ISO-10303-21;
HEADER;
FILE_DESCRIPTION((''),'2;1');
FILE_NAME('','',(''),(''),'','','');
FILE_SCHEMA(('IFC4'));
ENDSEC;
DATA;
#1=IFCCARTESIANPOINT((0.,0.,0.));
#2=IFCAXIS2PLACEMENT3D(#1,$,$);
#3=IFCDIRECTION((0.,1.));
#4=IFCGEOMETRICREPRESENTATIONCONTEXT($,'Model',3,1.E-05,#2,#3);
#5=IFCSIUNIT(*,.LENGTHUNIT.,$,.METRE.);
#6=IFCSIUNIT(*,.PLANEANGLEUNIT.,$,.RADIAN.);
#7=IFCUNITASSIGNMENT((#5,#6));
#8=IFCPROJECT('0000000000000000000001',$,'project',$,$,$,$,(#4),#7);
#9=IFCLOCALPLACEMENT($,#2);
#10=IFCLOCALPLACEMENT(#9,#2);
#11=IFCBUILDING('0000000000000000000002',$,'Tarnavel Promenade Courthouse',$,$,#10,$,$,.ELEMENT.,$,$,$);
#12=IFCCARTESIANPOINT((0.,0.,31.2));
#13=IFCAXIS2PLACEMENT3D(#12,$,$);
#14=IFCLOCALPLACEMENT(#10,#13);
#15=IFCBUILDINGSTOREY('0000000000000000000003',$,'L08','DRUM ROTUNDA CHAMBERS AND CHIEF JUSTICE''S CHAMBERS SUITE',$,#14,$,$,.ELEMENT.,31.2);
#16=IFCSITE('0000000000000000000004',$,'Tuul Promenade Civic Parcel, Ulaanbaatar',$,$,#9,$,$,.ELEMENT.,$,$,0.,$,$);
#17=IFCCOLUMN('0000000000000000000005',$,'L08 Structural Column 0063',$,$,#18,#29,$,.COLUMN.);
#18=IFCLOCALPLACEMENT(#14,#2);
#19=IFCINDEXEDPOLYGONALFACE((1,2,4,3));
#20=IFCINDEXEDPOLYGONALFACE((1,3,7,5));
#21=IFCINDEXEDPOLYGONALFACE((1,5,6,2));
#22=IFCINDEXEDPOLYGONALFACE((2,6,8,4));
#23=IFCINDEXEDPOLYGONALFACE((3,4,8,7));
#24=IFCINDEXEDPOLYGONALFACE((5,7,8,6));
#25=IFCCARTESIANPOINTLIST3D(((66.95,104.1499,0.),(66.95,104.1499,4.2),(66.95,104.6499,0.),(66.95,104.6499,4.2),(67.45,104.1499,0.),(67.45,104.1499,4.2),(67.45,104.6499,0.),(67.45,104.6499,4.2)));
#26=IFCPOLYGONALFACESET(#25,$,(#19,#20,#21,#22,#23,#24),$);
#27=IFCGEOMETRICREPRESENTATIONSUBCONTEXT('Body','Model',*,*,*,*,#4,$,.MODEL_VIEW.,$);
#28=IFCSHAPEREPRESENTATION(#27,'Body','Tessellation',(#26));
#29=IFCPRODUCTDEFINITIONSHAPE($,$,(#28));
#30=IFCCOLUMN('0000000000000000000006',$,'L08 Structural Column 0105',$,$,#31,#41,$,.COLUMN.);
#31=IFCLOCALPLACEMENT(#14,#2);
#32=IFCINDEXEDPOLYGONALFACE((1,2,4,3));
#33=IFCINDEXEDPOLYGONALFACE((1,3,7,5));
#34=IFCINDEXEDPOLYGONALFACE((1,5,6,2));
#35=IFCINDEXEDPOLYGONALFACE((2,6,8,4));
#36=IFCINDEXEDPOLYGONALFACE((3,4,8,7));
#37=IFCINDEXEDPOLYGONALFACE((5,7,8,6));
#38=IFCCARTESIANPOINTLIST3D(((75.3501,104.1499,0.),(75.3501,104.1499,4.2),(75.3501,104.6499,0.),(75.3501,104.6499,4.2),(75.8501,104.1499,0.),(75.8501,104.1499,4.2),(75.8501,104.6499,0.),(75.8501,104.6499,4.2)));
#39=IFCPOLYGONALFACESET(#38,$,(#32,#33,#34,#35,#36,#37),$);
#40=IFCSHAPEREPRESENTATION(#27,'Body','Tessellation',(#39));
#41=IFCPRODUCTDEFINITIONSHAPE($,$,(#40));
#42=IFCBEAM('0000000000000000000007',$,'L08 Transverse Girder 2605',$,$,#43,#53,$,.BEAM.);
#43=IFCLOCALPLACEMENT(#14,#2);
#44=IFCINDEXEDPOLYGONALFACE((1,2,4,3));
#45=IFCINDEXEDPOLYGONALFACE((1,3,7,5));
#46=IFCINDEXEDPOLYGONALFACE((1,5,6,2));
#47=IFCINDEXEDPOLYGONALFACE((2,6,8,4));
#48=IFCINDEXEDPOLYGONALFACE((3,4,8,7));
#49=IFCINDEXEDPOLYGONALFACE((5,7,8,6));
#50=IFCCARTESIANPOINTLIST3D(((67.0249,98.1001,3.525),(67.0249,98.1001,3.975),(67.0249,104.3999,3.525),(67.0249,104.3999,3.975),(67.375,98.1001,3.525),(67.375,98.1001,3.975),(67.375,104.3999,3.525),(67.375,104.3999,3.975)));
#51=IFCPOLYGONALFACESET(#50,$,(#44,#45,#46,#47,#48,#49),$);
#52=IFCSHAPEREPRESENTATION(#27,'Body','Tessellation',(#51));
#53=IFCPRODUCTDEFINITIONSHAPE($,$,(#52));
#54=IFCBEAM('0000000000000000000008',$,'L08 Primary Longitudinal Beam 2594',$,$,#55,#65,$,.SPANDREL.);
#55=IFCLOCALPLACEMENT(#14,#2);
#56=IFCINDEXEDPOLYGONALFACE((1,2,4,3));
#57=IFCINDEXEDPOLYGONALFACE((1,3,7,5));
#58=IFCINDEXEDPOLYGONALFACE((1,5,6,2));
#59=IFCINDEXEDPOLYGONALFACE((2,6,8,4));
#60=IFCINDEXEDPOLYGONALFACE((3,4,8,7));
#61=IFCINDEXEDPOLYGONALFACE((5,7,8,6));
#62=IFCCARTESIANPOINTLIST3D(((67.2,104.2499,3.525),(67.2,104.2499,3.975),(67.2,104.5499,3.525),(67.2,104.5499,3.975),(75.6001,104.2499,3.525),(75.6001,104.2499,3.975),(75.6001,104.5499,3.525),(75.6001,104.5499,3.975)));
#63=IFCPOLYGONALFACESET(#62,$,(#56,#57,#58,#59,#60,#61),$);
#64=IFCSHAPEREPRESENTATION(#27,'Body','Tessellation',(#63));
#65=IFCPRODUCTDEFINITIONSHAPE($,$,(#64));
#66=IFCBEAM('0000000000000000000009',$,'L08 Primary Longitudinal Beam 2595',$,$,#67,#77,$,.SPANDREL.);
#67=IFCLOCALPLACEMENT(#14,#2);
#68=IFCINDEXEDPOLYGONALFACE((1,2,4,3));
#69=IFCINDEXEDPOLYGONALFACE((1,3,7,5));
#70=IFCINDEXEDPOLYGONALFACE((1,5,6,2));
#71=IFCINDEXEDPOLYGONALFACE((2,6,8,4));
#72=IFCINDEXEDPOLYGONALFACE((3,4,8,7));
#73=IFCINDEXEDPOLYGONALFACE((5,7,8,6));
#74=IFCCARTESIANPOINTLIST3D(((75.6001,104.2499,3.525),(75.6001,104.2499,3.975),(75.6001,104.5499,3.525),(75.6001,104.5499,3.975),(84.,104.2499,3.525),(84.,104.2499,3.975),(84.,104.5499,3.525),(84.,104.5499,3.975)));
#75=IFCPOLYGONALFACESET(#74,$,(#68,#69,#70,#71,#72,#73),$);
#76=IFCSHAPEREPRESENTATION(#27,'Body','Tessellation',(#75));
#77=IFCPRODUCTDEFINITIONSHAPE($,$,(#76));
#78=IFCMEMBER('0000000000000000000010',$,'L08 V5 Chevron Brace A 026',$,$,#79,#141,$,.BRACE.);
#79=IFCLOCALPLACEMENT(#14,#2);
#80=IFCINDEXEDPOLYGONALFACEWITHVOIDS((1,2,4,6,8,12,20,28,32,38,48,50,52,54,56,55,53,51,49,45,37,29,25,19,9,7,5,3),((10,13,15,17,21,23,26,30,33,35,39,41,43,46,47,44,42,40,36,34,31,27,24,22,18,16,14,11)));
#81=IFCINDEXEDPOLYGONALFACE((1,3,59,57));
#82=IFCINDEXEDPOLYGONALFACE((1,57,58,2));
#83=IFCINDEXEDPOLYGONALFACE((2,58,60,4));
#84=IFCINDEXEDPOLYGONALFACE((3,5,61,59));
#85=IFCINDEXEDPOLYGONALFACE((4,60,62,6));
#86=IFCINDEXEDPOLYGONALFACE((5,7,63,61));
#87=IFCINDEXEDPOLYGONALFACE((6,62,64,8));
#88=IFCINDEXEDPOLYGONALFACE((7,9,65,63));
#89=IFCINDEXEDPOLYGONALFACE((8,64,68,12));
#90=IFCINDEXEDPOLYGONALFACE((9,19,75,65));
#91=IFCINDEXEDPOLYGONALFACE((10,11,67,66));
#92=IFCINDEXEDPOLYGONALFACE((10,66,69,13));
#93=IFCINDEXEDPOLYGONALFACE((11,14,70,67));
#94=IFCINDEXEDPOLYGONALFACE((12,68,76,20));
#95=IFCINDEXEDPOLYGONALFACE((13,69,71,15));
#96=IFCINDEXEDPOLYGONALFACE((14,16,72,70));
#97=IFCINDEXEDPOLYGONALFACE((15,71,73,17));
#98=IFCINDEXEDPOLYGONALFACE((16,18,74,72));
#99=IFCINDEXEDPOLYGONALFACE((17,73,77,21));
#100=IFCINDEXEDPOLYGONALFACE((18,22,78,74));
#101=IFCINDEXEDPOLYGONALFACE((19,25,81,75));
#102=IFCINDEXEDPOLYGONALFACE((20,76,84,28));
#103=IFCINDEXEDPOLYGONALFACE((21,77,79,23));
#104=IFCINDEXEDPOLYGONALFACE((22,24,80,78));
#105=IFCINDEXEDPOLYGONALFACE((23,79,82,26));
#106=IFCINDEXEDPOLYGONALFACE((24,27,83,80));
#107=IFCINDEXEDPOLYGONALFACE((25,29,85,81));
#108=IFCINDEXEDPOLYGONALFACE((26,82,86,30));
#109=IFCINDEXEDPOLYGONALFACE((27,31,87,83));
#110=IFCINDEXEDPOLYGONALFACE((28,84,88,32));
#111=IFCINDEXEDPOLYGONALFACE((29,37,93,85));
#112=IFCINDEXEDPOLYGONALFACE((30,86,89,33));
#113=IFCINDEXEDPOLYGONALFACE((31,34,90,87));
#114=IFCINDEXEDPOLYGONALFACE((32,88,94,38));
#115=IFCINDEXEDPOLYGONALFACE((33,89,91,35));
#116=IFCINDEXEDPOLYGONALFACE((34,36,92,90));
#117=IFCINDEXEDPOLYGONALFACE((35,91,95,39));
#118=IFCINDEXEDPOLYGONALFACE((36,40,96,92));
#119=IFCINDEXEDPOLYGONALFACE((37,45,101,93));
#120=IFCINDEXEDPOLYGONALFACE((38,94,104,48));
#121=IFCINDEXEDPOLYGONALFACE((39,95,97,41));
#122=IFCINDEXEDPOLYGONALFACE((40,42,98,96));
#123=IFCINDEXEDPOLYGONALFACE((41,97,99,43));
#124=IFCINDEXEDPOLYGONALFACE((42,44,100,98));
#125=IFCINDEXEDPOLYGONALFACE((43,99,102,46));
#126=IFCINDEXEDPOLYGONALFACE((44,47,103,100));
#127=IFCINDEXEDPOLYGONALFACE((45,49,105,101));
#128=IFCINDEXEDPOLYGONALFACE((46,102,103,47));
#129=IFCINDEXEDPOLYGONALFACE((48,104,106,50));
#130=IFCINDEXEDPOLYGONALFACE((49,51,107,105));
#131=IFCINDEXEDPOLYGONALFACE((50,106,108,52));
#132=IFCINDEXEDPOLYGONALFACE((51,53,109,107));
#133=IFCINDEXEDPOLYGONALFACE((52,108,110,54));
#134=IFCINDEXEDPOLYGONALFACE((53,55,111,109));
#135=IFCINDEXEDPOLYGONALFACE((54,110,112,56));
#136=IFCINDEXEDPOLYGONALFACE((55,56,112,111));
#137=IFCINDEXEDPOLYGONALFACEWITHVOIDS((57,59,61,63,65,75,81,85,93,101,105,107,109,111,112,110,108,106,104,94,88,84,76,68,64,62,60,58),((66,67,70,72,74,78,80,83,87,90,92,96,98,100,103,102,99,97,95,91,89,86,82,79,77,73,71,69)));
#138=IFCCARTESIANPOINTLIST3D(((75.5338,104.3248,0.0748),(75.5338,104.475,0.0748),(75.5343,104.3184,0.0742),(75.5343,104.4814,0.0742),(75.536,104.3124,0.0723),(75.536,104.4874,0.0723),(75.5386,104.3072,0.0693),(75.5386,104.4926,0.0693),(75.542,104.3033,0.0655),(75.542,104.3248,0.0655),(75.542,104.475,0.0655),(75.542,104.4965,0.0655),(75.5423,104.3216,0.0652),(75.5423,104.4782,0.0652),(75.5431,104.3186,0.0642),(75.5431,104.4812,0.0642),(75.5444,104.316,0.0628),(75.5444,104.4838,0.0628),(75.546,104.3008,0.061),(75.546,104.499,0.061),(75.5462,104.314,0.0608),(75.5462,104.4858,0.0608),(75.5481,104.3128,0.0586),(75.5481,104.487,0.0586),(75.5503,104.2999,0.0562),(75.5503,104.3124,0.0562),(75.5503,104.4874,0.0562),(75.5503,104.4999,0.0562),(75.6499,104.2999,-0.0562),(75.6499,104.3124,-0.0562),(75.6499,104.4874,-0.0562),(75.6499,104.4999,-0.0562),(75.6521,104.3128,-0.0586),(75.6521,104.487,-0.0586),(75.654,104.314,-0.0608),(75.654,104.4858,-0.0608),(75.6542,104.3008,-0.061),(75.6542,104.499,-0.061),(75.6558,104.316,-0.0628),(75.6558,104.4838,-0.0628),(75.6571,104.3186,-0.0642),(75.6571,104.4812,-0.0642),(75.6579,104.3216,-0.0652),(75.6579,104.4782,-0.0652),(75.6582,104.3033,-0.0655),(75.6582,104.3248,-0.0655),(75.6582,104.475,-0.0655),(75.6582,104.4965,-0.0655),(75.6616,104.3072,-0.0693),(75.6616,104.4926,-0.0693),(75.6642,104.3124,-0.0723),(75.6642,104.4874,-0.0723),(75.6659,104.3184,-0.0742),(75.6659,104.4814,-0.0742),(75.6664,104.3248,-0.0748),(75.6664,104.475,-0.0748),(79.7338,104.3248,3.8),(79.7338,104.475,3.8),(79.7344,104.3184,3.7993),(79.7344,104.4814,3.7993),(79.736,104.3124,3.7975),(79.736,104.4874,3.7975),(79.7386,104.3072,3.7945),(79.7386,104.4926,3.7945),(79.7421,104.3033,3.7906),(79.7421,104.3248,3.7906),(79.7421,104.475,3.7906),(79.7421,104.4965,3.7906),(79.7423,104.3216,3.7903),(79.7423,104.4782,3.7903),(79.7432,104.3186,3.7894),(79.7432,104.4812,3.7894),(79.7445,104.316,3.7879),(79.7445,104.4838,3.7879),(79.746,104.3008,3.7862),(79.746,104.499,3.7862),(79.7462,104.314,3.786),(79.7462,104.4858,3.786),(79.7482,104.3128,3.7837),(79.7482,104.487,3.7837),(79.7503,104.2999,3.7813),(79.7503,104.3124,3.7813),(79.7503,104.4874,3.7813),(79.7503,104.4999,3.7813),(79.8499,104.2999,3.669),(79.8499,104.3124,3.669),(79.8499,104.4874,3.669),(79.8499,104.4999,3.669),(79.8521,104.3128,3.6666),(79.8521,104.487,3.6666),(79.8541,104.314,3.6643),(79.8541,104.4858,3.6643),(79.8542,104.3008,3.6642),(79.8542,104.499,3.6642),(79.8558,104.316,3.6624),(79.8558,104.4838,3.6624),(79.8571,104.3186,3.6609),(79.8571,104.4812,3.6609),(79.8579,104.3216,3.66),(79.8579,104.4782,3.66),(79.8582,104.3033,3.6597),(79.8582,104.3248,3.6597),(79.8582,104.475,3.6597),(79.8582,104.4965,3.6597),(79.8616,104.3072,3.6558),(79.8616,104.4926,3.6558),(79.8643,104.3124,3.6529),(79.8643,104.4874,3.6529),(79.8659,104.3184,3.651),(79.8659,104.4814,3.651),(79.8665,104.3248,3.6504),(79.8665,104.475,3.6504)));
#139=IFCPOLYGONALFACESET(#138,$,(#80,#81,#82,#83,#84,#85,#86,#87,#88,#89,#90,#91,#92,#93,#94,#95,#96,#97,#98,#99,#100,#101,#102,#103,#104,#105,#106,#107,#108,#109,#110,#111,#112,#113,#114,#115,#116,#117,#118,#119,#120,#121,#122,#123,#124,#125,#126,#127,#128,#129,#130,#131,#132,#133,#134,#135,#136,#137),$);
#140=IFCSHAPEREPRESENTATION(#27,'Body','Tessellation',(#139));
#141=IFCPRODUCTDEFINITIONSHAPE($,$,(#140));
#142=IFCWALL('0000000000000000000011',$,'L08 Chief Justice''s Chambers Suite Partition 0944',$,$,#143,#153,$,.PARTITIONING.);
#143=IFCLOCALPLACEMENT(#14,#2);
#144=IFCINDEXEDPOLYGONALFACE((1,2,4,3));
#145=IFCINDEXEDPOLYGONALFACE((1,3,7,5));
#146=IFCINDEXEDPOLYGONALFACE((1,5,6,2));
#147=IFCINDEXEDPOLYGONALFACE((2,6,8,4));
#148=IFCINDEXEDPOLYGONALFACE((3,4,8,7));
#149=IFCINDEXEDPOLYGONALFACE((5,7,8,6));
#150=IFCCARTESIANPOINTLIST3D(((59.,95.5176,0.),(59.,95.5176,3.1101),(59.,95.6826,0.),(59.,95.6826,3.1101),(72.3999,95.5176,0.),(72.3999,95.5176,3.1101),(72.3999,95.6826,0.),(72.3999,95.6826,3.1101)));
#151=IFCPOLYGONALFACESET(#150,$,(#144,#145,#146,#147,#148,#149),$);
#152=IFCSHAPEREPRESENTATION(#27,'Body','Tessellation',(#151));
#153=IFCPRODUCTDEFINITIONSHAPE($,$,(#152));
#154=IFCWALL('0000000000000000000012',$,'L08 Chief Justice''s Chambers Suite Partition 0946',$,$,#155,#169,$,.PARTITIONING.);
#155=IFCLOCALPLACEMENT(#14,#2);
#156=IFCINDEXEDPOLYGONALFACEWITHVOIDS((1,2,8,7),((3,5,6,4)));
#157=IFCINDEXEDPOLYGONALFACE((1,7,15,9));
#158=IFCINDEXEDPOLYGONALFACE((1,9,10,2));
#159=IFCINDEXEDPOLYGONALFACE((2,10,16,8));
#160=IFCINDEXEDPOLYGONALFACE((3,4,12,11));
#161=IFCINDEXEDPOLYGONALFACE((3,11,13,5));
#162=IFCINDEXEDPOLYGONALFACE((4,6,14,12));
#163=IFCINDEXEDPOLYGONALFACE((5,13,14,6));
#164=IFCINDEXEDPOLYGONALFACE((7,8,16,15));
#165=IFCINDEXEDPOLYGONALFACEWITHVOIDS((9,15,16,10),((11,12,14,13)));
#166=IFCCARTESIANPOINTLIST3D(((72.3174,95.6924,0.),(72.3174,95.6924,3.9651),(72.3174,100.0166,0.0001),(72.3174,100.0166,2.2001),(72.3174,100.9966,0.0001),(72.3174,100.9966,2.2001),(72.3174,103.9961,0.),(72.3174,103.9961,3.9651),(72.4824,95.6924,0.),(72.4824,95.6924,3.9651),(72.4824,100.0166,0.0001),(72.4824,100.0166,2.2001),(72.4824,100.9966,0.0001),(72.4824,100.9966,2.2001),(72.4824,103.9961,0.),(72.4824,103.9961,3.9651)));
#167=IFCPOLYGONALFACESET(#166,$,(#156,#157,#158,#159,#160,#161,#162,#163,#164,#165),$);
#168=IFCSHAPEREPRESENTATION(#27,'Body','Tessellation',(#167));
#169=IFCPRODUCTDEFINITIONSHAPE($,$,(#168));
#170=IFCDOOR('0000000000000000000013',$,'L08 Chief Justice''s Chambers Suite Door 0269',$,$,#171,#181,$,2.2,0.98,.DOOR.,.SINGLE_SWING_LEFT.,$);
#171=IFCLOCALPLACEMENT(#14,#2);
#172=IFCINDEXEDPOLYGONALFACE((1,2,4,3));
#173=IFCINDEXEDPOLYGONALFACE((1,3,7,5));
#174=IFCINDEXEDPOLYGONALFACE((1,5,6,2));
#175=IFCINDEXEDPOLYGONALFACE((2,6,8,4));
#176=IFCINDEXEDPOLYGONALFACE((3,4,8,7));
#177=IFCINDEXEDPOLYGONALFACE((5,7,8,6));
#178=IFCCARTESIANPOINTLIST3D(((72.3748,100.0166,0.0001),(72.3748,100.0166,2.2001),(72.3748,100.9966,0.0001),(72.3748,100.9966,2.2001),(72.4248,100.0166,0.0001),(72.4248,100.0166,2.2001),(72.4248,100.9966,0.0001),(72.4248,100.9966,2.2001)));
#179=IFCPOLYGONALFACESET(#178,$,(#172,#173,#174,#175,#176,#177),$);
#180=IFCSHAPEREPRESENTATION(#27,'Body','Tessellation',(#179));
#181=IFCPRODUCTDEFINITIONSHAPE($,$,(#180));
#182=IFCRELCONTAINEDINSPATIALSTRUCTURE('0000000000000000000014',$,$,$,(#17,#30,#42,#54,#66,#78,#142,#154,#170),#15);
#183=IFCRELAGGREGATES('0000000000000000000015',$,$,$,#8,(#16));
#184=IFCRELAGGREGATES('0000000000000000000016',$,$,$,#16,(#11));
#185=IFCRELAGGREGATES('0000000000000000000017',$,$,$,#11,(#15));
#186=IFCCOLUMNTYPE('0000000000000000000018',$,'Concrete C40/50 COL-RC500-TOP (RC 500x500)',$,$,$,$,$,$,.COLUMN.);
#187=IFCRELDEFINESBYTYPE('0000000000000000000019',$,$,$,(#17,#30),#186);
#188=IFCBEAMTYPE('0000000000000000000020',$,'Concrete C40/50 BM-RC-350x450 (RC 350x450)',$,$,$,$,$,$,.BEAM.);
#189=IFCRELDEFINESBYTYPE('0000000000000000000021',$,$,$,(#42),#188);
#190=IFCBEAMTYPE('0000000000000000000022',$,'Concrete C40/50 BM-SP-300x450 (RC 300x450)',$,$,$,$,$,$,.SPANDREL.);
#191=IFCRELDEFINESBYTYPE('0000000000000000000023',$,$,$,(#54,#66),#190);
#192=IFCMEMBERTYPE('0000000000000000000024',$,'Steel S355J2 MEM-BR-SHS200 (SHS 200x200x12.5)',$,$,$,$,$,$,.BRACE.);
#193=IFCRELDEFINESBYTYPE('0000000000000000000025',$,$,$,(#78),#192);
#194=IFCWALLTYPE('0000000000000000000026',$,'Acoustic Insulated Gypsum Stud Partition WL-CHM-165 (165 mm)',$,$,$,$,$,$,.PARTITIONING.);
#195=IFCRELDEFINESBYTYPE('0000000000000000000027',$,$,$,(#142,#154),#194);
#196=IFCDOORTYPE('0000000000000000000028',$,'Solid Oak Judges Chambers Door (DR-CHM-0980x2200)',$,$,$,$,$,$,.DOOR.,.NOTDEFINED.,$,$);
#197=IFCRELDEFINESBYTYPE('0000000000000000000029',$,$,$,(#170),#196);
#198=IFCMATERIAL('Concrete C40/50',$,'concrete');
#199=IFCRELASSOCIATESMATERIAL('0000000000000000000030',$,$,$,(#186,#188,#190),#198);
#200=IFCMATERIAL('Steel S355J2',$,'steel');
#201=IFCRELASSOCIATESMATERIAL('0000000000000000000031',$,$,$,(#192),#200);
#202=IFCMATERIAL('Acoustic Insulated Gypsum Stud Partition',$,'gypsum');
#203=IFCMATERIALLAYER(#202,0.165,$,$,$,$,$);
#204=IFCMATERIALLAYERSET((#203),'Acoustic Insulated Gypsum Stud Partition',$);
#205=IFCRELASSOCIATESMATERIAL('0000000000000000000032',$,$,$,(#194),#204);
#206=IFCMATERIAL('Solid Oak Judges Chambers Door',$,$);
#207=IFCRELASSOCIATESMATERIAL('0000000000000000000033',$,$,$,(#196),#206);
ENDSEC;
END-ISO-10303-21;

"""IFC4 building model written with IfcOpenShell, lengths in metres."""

from ifc_helpers import new_model, si_unit, direction, frame, frame_2d, origin, origin_2d, place, context, subcontext, project, spatial, rectangle, hollow_rectangle, extrude, material, layer, layer_set, material_profile, profile_set, type_object, element, fill, save


model = new_model("IFC4")

# Units and contexts
model_context = context("Model", 3, precision=1e-05, world=origin(), true_north=direction((0.0, 1.0)))
body_context = subcontext(model_context, "Body", "Model", "MODEL_VIEW")
ifc_project = project(units=[si_unit("LENGTHUNIT", "METRE"), si_unit("PLANEANGLEUNIT", "RADIAN")], contexts=[model_context])

# Site, building, storey
site_placement = place(None, origin())
site = spatial("IfcSite", under=ifc_project, at=site_placement, Name="Tuul Promenade Civic Parcel, Ulaanbaatar", CompositionType="ELEMENT", RefElevation=0.0)
building_placement = place(site_placement, origin())
building = spatial("IfcBuilding", under=site, at=building_placement, Name="Tarnavel Promenade Courthouse", CompositionType="ELEMENT")
storey_placement = place(building_placement, frame((0.0, 0.0, 31.2)))
storey = spatial("IfcBuildingStorey", under=building, at=storey_placement, Name="L08", Description="DRUM ROTUNDA CHAMBERS AND CHIEF JUSTICE'S CHAMBERS SUITE", CompositionType="ELEMENT", Elevation=31.2)

# Columns
ifc_material_1 = material(Name="Concrete C40/50", Category="concrete")
ifc_material_profile_1 = material_profile(ifc_material_1, rectangle(XDim=0.5, YDim=0.5, at=origin_2d()), Name="RC 500x500")
ifc_profile_set_1 = profile_set([ifc_material_profile_1], Name="Concrete C40/50")
column_type = type_object("IfcColumnType", Name="Concrete C40/50 COL-RC500-TOP (RC 500x500)", PredefinedType="COLUMN", material=ifc_profile_set_1)
for number, where, z_axis, x_axis, name in (
    (1, (67.2, 104.3999, 0.0), (0.0, 0.0, 1.0), (1.0, 0.0, 0.0), "L08 Structural Column 0063"),
    (2, (75.6001, 104.3999, 0.0), (0.0, 0.0, 1.0), (1.0, 0.0, 0.0), "L08 Structural Column 0105"),
):
    element("IfcColumn", number, at=place(storey_placement, frame(where, z_axis=z_axis, x_axis=x_axis)), inside=storey, type_object=column_type, Name=name, PredefinedType="COLUMN", context=body_context, shape_type="SweptSolid", body=[
        extrude(rectangle(XDim=0.5, YDim=0.5, at=origin_2d()), origin(), (0.0, 0.0, 1.0), 4.2),
    ])

# Beams
ifc_material_profile_2 = material_profile(ifc_material_1, rectangle(XDim=0.3501, YDim=0.45, at=origin_2d()), Name="RC 350x450")
ifc_profile_set_2 = profile_set([ifc_material_profile_2], Name="Concrete C40/50")
beam_type_1 = type_object("IfcBeamType", Name="Concrete C40/50 BM-RC-350x450 (RC 350x450)", PredefinedType="BEAM", material=ifc_profile_set_2)
beam_1_placement = place(storey_placement, frame((67.2, 98.1001, 3.75), z_axis=(0.0, 1.0, 0.0), x_axis=(-1.0, 0.0, 0.0)))
element("IfcBeam", 3, at=beam_1_placement, inside=storey, type_object=beam_type_1, Name="L08 Transverse Girder 2605", PredefinedType="BEAM", context=body_context, shape_type="SweptSolid", body=[
    extrude(rectangle(XDim=0.3501, YDim=0.45, at=origin_2d()), origin(), (0.0, 0.0, 1.0), 6.2998),
])
ifc_material_profile_3 = material_profile(ifc_material_1, rectangle(XDim=0.3, YDim=0.45, at=origin_2d()), Name="RC 300x450")
ifc_profile_set_3 = profile_set([ifc_material_profile_3], Name="Concrete C40/50")
beam_type_2 = type_object("IfcBeamType", Name="Concrete C40/50 BM-SP-300x450 (RC 300x450)", PredefinedType="SPANDREL", material=ifc_profile_set_3)
beam_2_placement = place(storey_placement, frame((67.2, 104.3999, 3.75), z_axis=(1.0, 0.0, 0.0), x_axis=(0.0, 1.0, 0.0)))
element("IfcBeam", 4, at=beam_2_placement, inside=storey, type_object=beam_type_2, Name="L08 Primary Longitudinal Beam 2594", PredefinedType="SPANDREL", context=body_context, shape_type="SweptSolid", body=[
    extrude(rectangle(XDim=0.3, YDim=0.45, at=origin_2d()), origin(), (0.0, 0.0, 1.0), 8.4001),
])
beam_3_placement = place(storey_placement, frame((75.6001, 104.3999, 3.75), z_axis=(1.0, 0.0, 0.0), x_axis=(0.0, 1.0, 0.0)))
element("IfcBeam", 5, at=beam_3_placement, inside=storey, type_object=beam_type_2, Name="L08 Primary Longitudinal Beam 2595", PredefinedType="SPANDREL", context=body_context, shape_type="SweptSolid", body=[
    extrude(rectangle(XDim=0.3, YDim=0.45, at=origin_2d()), origin(), (0.0, 0.0, 1.0), 8.3999),
])

# Member
ifc_material_2 = material(Name="Steel S355J2", Category="steel")
ifc_material_profile_4 = material_profile(ifc_material_2, hollow_rectangle(XDim=0.2, YDim=0.2, WallThickness=0.0125, InnerFilletRadius=0.0125, OuterFilletRadius=0.0249, at=origin_2d()), Name="SHS 200x200x12.5")
ifc_profile_set_4 = profile_set([ifc_material_profile_4], Name="Steel S355J2")
member_type = type_object("IfcMemberType", Name="Steel S355J2 MEM-BR-SHS200 (SHS 200x200x12.5)", PredefinedType="BRACE", material=ifc_profile_set_4)
member_placement = place(storey_placement, frame((75.6001, 104.3999, 0.0), z_axis=(0.748133, 0.0, 0.663548), x_axis=(0.0, 1.0, 0.0)))
element("IfcMember", 6, at=member_placement, inside=storey, type_object=member_type, Name="L08 V5 Chevron Brace A 026", PredefinedType="BRACE", context=body_context, shape_type="SweptSolid", body=[
    extrude(hollow_rectangle(XDim=0.2, YDim=0.2, WallThickness=0.0125, InnerFilletRadius=0.0125, OuterFilletRadius=0.0249, at=origin_2d()), origin(), (0.0, 0.0, 1.0), 5.614),
])

# Wall
ifc_material_3 = material(Name="Acoustic Insulated Gypsum Stud Partition", Category="gypsum")
ifc_layer_1 = layer(ifc_material_3, 0.165)
ifc_layer_set_1 = layer_set([ifc_layer_1], Name="Acoustic Insulated Gypsum Stud Partition")
wall_type_1 = type_object("IfcWallType", Name="Acoustic Insulated Gypsum Stud Partition WL-CHM-165 (165 mm)", PredefinedType="PARTITIONING", material=ifc_layer_set_1)
wall_1_placement = place(storey_placement, frame((72.3999, 95.6001, 0.0), z_axis=(0.0, 0.0, 1.0), x_axis=(-1.0, 0.0, 0.0)))
element("IfcWall", 7, at=wall_1_placement, inside=storey, type_object=wall_type_1, Name="L08 Chief Justice's Chambers Suite Partition 0944", PredefinedType="PARTITIONING", context=body_context, shape_type="SweptSolid", body=[
    extrude(rectangle(XDim=13.3999, YDim=0.165, at=frame_2d((6.7, 0.0))), origin(), (0.0, 0.0, 1.0), 3.1101),
])

# Wall, opening, door
wall_2_placement = place(storey_placement, frame((72.3999, 103.9961, 0.0), z_axis=(0.0, 0.0, 1.0), x_axis=(0.0, -1.0, 0.0)))
wall_2 = element("IfcWall", 8, at=wall_2_placement, inside=storey, type_object=wall_type_1, Name="L08 Chief Justice's Chambers Suite Partition 0946", PredefinedType="PARTITIONING", context=body_context, shape_type="SweptSolid", body=[
    extrude(rectangle(XDim=8.3037, YDim=0.165, at=frame_2d((4.1519, 0.0))), origin(), (0.0, 0.0, 1.0), 3.9651),
])
opening_1_placement = place(wall_2_placement, frame((2.9995, 0.0, 0.0)))
opening_1 = element("IfcOpeningElement", 9, at=opening_1_placement, cuts=wall_2, PredefinedType="OPENING", context=body_context, shape_type="SweptSolid", body=[
    extrude(rectangle(XDim=0.98, YDim=2.2, at=frame_2d((0.49, 1.1001))), frame((0.0, 0.0925, 0.0), z_axis=(0.0, -1.0, 0.0), x_axis=(1.0, 0.0, 0.0)), (0.0, 0.0, 1.0), 0.1851),
])
ifc_material_4 = material(Name="Solid Oak Judges Chambers Door")
door_type_1 = type_object("IfcDoorType", Name="Solid Oak Judges Chambers Door (DR-CHM-0980x2200)", OperationType="NOTDEFINED", PredefinedType="DOOR", material=ifc_material_4)
door_1_placement = place(opening_1_placement, origin())
door_1 = element("IfcDoor", 10, at=door_1_placement, inside=storey, type_object=door_type_1, Name="L08 Chief Justice's Chambers Suite Door 0269", OperationType="SINGLE_SWING_LEFT", OverallHeight=2.2, OverallWidth=0.98, PredefinedType="DOOR", context=body_context, shape_type="SweptSolid", body=[
    extrude(rectangle(XDim=0.98, YDim=2.2, at=frame_2d((0.49, 1.1001))), frame((0.0, 0.0249, 0.0), z_axis=(0.0, -1.0, 0.0), x_axis=(1.0, 0.0, 0.0)), (0.0, 0.0, 1.0), 0.05),
])
fill(opening_1, door_1)

save(model, "model.ifc")
